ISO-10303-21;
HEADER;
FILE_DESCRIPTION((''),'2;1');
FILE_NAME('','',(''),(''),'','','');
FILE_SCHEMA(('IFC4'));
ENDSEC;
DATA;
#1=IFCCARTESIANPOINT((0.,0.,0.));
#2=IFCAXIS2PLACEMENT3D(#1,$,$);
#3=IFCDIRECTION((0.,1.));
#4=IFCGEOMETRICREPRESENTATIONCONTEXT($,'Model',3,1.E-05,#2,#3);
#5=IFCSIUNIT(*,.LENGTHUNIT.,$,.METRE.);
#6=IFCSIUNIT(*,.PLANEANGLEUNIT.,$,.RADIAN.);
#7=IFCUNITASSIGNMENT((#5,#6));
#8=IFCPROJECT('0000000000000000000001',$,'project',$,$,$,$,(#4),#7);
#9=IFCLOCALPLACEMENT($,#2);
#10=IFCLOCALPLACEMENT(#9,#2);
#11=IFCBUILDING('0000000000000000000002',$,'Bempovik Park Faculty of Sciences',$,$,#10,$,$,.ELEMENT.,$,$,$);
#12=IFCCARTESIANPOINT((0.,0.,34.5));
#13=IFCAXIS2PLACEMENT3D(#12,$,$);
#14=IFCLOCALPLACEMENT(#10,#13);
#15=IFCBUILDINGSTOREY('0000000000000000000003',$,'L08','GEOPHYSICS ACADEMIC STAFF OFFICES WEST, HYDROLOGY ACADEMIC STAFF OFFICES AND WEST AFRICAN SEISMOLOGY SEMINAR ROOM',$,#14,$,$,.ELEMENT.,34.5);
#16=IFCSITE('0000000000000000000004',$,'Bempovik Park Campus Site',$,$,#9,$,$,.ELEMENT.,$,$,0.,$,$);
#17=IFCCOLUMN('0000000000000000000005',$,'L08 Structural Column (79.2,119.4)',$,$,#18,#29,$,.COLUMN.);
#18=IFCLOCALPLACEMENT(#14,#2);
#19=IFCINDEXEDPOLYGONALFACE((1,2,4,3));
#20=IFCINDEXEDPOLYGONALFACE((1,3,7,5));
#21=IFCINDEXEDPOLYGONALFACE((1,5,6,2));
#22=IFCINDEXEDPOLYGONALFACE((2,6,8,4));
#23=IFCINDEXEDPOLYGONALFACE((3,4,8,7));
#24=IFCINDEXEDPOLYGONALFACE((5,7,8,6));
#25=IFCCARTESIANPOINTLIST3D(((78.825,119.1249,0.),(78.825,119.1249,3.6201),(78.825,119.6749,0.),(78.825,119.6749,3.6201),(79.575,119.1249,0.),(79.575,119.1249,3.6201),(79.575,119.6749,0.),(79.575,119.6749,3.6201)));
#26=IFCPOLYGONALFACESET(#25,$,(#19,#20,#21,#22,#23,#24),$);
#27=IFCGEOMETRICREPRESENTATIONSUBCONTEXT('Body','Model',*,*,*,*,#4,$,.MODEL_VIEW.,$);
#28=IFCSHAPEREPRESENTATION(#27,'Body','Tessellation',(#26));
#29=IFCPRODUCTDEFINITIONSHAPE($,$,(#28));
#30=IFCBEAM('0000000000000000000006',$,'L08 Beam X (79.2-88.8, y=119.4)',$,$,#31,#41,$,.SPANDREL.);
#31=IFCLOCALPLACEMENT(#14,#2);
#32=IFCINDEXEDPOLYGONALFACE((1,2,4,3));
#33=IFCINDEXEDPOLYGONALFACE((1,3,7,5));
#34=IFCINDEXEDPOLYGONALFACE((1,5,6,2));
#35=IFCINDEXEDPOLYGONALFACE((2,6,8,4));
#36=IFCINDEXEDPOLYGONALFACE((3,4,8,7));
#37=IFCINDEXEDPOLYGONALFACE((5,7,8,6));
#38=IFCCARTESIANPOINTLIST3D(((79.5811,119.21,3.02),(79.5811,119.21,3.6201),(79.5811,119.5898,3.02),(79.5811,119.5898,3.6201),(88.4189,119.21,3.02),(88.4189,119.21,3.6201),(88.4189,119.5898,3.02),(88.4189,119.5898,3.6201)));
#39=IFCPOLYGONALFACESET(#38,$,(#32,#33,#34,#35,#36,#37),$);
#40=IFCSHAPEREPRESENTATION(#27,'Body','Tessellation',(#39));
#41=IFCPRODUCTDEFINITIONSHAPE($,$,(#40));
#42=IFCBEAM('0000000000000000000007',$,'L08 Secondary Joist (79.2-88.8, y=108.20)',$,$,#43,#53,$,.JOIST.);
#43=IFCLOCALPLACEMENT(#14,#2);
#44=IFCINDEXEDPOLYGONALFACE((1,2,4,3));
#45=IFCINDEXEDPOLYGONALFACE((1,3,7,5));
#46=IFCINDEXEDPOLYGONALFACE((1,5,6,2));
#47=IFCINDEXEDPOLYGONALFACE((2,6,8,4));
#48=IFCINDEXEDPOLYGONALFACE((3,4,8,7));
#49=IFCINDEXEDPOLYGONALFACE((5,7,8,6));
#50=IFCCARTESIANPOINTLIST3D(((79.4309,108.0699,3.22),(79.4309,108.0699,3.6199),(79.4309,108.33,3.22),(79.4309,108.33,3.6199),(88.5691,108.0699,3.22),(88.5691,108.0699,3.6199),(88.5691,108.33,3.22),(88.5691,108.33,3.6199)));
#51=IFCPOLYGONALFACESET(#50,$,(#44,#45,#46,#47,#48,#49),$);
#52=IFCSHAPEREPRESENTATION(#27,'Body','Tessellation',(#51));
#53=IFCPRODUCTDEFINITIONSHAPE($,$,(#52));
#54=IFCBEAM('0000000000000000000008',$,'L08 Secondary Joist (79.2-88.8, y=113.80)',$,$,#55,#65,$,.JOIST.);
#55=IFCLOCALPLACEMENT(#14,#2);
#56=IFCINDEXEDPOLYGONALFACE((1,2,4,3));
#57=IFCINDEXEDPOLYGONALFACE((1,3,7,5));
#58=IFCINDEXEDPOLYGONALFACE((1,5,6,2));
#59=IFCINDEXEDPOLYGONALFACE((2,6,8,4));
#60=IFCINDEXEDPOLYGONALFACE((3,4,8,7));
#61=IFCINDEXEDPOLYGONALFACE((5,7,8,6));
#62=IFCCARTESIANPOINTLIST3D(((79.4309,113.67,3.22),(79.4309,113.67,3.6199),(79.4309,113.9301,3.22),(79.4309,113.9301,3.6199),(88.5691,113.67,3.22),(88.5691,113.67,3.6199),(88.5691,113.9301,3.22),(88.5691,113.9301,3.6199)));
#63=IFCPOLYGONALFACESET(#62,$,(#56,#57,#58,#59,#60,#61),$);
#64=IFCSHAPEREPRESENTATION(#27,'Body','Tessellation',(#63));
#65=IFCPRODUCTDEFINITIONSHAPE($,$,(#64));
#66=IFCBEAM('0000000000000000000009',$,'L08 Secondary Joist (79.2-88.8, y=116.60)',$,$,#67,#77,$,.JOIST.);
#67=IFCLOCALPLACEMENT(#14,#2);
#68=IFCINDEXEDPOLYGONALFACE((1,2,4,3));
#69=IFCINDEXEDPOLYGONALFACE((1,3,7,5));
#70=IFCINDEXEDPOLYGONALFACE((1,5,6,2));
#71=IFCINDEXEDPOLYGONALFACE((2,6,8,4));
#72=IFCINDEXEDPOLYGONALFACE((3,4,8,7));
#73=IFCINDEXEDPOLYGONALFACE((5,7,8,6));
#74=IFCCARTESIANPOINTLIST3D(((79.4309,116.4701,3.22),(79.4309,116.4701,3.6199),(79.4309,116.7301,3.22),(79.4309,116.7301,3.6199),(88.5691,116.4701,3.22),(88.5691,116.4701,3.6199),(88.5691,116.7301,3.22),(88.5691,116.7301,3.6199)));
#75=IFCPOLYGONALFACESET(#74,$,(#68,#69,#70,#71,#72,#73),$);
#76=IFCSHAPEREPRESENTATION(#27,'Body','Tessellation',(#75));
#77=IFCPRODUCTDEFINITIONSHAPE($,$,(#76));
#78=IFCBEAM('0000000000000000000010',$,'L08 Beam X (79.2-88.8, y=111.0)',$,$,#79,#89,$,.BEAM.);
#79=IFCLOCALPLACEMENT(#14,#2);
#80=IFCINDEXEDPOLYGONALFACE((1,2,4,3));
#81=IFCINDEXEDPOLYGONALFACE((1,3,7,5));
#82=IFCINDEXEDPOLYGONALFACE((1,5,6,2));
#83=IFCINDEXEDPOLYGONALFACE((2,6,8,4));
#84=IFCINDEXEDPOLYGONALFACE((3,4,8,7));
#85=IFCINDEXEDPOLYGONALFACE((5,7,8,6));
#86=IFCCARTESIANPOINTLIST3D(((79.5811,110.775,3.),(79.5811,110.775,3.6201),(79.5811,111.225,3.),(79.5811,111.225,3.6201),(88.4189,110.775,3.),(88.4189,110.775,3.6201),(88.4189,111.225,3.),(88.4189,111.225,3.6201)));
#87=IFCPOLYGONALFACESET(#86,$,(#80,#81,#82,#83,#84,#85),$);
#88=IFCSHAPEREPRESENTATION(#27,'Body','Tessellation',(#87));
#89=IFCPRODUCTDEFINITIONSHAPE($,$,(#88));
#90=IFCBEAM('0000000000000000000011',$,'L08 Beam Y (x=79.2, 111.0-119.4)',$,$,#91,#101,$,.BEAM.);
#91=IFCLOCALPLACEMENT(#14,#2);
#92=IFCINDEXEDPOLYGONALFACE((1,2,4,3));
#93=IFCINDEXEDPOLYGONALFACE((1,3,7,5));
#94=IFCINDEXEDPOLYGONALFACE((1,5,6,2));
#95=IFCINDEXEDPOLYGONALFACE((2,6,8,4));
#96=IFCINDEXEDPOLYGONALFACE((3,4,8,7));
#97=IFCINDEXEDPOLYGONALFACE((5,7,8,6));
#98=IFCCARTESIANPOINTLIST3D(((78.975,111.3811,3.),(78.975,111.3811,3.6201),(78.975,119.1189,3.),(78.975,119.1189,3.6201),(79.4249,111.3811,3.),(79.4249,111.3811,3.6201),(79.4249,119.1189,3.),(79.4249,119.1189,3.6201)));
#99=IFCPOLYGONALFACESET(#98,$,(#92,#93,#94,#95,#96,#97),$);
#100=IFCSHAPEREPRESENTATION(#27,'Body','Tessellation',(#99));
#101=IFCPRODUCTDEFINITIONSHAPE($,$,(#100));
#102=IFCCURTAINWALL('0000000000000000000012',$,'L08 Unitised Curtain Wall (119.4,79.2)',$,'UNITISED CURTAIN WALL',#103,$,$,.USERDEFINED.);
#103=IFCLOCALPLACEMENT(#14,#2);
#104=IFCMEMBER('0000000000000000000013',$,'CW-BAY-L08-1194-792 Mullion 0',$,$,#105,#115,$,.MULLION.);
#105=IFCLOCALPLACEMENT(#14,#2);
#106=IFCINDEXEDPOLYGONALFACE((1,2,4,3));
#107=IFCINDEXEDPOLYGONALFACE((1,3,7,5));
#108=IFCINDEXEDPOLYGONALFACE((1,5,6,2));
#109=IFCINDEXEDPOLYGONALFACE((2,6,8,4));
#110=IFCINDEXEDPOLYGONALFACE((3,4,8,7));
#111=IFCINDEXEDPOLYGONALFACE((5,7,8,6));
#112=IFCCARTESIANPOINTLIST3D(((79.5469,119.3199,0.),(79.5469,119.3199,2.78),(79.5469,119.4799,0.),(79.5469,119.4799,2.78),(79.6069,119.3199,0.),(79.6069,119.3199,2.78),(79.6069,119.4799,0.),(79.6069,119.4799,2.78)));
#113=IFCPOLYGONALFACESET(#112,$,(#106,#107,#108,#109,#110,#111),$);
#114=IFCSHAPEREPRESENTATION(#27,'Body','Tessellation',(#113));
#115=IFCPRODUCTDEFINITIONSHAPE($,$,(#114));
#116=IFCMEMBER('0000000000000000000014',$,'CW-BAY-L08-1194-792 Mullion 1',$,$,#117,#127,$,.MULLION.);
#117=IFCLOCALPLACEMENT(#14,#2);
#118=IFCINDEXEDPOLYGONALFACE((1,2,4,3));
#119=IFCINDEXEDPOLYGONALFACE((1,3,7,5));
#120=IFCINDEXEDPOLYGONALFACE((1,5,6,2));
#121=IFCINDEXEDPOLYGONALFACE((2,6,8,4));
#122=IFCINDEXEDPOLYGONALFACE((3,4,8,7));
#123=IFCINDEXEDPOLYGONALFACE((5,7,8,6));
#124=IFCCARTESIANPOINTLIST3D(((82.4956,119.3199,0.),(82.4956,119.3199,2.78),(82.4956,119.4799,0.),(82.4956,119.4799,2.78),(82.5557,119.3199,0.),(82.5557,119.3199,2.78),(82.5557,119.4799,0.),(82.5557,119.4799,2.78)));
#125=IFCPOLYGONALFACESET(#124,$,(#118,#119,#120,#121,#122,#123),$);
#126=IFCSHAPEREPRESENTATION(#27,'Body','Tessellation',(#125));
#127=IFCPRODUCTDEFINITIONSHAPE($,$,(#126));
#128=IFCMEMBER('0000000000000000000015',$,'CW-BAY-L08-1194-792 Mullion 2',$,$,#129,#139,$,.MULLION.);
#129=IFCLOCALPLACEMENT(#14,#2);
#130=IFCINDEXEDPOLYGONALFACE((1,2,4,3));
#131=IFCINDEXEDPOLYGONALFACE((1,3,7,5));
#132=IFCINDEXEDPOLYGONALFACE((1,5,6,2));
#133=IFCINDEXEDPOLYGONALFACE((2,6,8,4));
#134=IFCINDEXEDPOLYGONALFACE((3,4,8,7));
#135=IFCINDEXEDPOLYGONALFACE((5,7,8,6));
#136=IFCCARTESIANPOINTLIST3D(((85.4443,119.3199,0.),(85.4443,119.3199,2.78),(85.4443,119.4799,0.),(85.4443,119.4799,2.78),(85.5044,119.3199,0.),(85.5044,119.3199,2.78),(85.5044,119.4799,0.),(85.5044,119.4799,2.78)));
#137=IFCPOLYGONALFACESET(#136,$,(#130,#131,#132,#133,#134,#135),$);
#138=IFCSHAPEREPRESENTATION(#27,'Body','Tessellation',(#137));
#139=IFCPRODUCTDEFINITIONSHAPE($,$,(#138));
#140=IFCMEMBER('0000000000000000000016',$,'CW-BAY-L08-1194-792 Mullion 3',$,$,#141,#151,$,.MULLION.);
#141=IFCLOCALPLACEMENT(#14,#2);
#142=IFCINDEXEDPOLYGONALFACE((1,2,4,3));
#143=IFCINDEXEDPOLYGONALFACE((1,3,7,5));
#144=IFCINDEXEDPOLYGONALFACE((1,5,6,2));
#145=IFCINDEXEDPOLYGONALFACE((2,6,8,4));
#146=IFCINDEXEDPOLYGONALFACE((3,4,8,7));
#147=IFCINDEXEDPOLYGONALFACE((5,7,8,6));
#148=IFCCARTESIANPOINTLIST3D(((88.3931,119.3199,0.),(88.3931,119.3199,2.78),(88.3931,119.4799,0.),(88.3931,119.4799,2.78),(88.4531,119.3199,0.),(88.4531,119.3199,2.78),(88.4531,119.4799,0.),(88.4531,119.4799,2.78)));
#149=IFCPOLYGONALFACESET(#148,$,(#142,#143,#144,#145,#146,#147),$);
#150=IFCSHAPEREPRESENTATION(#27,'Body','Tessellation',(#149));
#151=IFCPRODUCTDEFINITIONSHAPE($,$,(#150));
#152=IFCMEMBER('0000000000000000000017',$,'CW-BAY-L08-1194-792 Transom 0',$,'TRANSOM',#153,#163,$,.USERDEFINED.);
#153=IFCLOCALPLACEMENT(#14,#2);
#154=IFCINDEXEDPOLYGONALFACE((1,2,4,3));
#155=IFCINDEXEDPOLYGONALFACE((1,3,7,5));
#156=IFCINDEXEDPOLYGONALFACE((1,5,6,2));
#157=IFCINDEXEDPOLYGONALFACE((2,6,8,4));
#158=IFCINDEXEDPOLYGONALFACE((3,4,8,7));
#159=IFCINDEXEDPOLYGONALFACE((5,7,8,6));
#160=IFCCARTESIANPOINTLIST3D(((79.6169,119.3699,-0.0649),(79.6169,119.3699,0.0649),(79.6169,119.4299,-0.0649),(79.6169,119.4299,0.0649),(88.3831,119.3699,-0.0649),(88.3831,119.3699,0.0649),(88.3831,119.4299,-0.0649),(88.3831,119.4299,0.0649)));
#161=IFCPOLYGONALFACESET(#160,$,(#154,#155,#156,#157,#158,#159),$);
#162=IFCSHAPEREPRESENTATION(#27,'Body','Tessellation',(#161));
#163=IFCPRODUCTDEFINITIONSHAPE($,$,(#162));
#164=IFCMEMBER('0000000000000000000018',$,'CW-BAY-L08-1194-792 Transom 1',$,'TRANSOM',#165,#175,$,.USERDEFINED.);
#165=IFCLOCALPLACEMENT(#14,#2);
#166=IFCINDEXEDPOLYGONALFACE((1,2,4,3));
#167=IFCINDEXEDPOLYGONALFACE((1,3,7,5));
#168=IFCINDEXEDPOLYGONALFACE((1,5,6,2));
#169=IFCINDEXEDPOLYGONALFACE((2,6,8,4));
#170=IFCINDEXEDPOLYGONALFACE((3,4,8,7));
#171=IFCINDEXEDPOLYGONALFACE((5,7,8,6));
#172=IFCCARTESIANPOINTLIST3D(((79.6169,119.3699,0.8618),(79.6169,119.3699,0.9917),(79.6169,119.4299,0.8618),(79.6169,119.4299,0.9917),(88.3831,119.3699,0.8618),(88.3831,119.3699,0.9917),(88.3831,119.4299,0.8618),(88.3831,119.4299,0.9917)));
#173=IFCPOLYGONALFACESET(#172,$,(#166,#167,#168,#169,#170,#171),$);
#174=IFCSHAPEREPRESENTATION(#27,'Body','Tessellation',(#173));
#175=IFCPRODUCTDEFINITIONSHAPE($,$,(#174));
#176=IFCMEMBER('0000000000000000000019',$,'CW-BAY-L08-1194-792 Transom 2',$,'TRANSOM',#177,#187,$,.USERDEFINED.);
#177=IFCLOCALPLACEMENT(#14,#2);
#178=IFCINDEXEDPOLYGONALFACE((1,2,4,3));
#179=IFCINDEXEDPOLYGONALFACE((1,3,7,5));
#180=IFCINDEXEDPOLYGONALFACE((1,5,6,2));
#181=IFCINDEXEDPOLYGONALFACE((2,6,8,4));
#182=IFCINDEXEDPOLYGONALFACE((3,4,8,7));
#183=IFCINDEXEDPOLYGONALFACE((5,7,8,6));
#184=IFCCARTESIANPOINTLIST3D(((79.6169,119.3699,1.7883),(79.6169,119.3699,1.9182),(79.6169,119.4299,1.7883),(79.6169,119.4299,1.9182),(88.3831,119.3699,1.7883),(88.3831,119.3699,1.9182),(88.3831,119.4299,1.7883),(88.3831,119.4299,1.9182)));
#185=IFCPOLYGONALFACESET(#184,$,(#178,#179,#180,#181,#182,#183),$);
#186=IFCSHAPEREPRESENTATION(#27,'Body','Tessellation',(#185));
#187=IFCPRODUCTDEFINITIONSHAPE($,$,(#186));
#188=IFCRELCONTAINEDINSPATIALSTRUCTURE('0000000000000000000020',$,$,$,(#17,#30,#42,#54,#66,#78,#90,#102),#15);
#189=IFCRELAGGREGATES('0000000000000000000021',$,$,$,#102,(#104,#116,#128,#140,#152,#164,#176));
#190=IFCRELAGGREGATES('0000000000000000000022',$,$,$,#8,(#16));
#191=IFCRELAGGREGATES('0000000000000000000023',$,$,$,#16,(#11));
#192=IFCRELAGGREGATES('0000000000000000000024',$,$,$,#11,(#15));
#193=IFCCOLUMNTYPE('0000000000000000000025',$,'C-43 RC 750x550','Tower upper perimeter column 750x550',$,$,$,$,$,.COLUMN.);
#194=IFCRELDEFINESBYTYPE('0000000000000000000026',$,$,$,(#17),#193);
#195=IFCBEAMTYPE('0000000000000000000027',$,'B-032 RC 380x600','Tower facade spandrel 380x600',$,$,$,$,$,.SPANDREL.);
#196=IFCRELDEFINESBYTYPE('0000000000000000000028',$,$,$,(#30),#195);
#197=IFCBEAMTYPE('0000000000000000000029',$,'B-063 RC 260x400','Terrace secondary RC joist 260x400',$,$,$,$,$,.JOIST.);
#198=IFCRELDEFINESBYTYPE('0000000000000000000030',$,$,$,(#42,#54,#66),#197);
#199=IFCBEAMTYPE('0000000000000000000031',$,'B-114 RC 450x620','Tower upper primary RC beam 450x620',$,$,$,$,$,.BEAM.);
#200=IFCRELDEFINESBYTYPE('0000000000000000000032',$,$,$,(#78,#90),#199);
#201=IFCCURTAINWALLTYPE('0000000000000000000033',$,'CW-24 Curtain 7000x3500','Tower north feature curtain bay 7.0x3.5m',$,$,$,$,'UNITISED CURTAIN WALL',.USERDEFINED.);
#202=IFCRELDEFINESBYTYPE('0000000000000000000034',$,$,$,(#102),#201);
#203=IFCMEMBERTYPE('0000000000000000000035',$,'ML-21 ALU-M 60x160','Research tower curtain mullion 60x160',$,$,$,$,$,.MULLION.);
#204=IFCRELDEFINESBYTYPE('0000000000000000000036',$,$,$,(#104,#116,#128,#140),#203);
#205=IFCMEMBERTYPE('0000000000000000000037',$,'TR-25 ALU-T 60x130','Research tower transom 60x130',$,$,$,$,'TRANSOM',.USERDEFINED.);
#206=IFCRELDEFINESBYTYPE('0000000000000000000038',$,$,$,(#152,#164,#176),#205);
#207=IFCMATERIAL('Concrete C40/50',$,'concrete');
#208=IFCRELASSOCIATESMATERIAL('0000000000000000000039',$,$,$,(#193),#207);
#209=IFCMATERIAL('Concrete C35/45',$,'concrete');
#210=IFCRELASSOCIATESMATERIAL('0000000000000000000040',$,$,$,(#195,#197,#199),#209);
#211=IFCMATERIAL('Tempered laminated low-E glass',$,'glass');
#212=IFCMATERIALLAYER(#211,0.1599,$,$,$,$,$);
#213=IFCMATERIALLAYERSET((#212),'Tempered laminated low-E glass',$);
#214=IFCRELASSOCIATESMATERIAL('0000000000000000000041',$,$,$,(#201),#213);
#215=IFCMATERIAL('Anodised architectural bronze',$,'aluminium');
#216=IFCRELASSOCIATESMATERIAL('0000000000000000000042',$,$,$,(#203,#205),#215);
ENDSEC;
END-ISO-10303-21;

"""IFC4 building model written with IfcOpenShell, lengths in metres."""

from ifc_helpers import new_model, si_unit, direction, frame, origin, origin_2d, place, context, subcontext, project, spatial, rectangle, extrude, material, layer, layer_set, material_profile, profile_set, type_object, element, aggregate, save


model = new_model("IFC4")

# Units and contexts
model_context = context("Model", 3, precision=1e-05, world=origin(), true_north=direction((0.0, 1.0)))
body_context = subcontext(model_context, "Body", "Model", "MODEL_VIEW")
ifc_project = project(units=[si_unit("LENGTHUNIT", "METRE"), si_unit("PLANEANGLEUNIT", "RADIAN")], contexts=[model_context])

# Site, building, storey
site_placement = place(None, origin())
site = spatial("IfcSite", under=ifc_project, at=site_placement, Name="Bempovik Park Campus Site", CompositionType="ELEMENT", RefElevation=0.0)
building_placement = place(site_placement, origin())
building = spatial("IfcBuilding", under=site, at=building_placement, Name="Bempovik Park Faculty of Sciences", CompositionType="ELEMENT")
storey_placement = place(building_placement, frame((0.0, 0.0, 34.5)))
storey = spatial("IfcBuildingStorey", under=building, at=storey_placement, Name="L08", Description="GEOPHYSICS ACADEMIC STAFF OFFICES WEST, HYDROLOGY ACADEMIC STAFF OFFICES AND WEST AFRICAN SEISMOLOGY SEMINAR ROOM", CompositionType="ELEMENT", Elevation=34.5)

# Column
ifc_material_1 = material(Name="Concrete C40/50", Category="concrete")
ifc_material_profile_1 = material_profile(ifc_material_1, rectangle(XDim=0.75, YDim=0.55, at=origin_2d()), Name="RC 750x550")
ifc_profile_set_1 = profile_set([ifc_material_profile_1], Name="Concrete C40/50")
column_type = type_object("IfcColumnType", Name="C-43 RC 750x550", Description="Tower upper perimeter column 750x550", PredefinedType="COLUMN", material=ifc_profile_set_1)
column_placement = place(storey_placement, frame((79.2, 119.3999, 0.0), z_axis=(0.0, 0.0, 1.0), x_axis=(1.0, 0.0, 0.0)))
element("IfcColumn", 1, at=column_placement, inside=storey, type_object=column_type, Name="L08 Structural Column (79.2,119.4)", PredefinedType="COLUMN", context=body_context, shape_type="SweptSolid", body=[
    extrude(rectangle(XDim=0.75, YDim=0.55, at=origin_2d()), origin(), (0.0, 0.0, 1.0), 3.6201),
])

# Beams
ifc_material_2 = material(Name="Concrete C35/45", Category="concrete")
ifc_material_profile_2 = material_profile(ifc_material_2, rectangle(XDim=0.3799, YDim=0.6001, at=origin_2d()), Name="RC 380x600")
ifc_profile_set_2 = profile_set([ifc_material_profile_2], Name="Concrete C35/45")
beam_type_1 = type_object("IfcBeamType", Name="B-032 RC 380x600", Description="Tower facade spandrel 380x600", PredefinedType="SPANDREL", material=ifc_profile_set_2)
beam_1_placement = place(storey_placement, frame((79.5811, 119.3999, 3.3201), z_axis=(1.0, 0.0, 0.0), x_axis=(0.0, 1.0, 0.0)))
element("IfcBeam", 2, at=beam_1_placement, inside=storey, type_object=beam_type_1, Name="L08 Beam X (79.2-88.8, y=119.4)", PredefinedType="SPANDREL", context=body_context, shape_type="SweptSolid", body=[
    extrude(rectangle(XDim=0.3799, YDim=0.6001, at=origin_2d()), origin(), (0.0, 0.0, 1.0), 8.8379),
])
ifc_material_profile_3 = material_profile(ifc_material_2, rectangle(XDim=0.26, YDim=0.3999, at=origin_2d()), Name="RC 260x400")
ifc_profile_set_3 = profile_set([ifc_material_profile_3], Name="Concrete C35/45")
beam_type_2 = type_object("IfcBeamType", Name="B-063 RC 260x400", Description="Terrace secondary RC joist 260x400", PredefinedType="JOIST", material=ifc_profile_set_3)
for number, where, z_axis, x_axis, name in (
    (3, (79.4309, 108.2, 3.4199), (1.0, 0.0, 0.0), (0.0, 1.0, 0.0), "L08 Secondary Joist (79.2-88.8, y=108.20)"),
    (4, (79.4309, 113.8, 3.4199), (1.0, 0.0, 0.0), (0.0, 1.0, 0.0), "L08 Secondary Joist (79.2-88.8, y=113.80)"),
    (5, (79.4309, 116.6001, 3.4199), (1.0, 0.0, 0.0), (0.0, 1.0, 0.0), "L08 Secondary Joist (79.2-88.8, y=116.60)"),
):
    element("IfcBeam", number, at=place(storey_placement, frame(where, z_axis=z_axis, x_axis=x_axis)), inside=storey, type_object=beam_type_2, Name=name, PredefinedType="JOIST", context=body_context, shape_type="SweptSolid", body=[
        extrude(rectangle(XDim=0.26, YDim=0.3999, at=origin_2d()), origin(), (0.0, 0.0, 1.0), 9.1382),
    ])
ifc_material_profile_4 = material_profile(ifc_material_2, rectangle(XDim=0.45, YDim=0.6201, at=origin_2d()), Name="RC 450x620")
ifc_profile_set_4 = profile_set([ifc_material_profile_4], Name="Concrete C35/45")
beam_type_3 = type_object("IfcBeamType", Name="B-114 RC 450x620", Description="Tower upper primary RC beam 450x620", PredefinedType="BEAM", material=ifc_profile_set_4)
beam_2_placement = place(storey_placement, frame((79.5811, 111.0, 3.3101), z_axis=(1.0, 0.0, 0.0), x_axis=(0.0, 1.0, 0.0)))
element("IfcBeam", 6, at=beam_2_placement, inside=storey, type_object=beam_type_3, Name="L08 Beam X (79.2-88.8, y=111.0)", PredefinedType="BEAM", context=body_context, shape_type="SweptSolid", body=[
    extrude(rectangle(XDim=0.45, YDim=0.6201, at=origin_2d()), origin(), (0.0, 0.0, 1.0), 8.8379),
])
beam_3_placement = place(storey_placement, frame((79.2, 111.3811, 3.3101), z_axis=(0.0, 1.0, 0.0), x_axis=(-1.0, 0.0, 0.0)))
element("IfcBeam", 7, at=beam_3_placement, inside=storey, type_object=beam_type_3, Name="L08 Beam Y (x=79.2, 111.0-119.4)", PredefinedType="BEAM", context=body_context, shape_type="SweptSolid", body=[
    extrude(rectangle(XDim=0.45, YDim=0.6201, at=origin_2d()), origin(), (0.0, 0.0, 1.0), 7.7378),
])

# Curtain wall, members
ifc_material_3 = material(Name="Tempered laminated low-E glass", Category="glass")
ifc_layer_1 = layer(ifc_material_3, 0.1599)
ifc_layer_set_1 = layer_set([ifc_layer_1], Name="Tempered laminated low-E glass")
curtain_wall_type = type_object("IfcCurtainWallType", Name="CW-24 Curtain 7000x3500", Description="Tower north feature curtain bay 7.0x3.5m", ElementType="UNITISED CURTAIN WALL", PredefinedType="USERDEFINED", material=ifc_layer_set_1)
curtain_wall_placement = place(storey_placement, origin())
curtain_wall = element("IfcCurtainWall", 8, at=curtain_wall_placement, inside=storey, type_object=curtain_wall_type, Name="L08 Unitised Curtain Wall (119.4,79.2)", ObjectType="UNITISED CURTAIN WALL", PredefinedType="USERDEFINED")
ifc_material_4 = material(Name="Anodised architectural bronze", Category="aluminium")
ifc_material_profile_5 = material_profile(ifc_material_4, rectangle(XDim=0.0601, YDim=0.1599, at=origin_2d()), Name="ALU-M 60x160")
ifc_profile_set_5 = profile_set([ifc_material_profile_5], Name="Anodised architectural bronze")
member_type_1 = type_object("IfcMemberType", Name="ML-21 ALU-M 60x160", Description="Research tower curtain mullion 60x160", PredefinedType="MULLION", material=ifc_profile_set_5)
member_1_placement = place(storey_placement, frame((79.5769, 119.3999, 0.0), z_axis=(0.0, 0.0, 1.0), x_axis=(1.0, 0.0, 0.0)))
member_1 = element("IfcMember", 9, at=member_1_placement, type_object=member_type_1, Name="CW-BAY-L08-1194-792 Mullion 0", PredefinedType="MULLION", context=body_context, shape_type="SweptSolid", body=[
    extrude(rectangle(XDim=0.0601, YDim=0.1599, at=origin_2d()), origin(), (0.0, 0.0, 1.0), 2.78),
])
member_2_placement = place(storey_placement, frame((82.5256, 119.3999, 0.0), z_axis=(0.0, 0.0, 1.0), x_axis=(1.0, 0.0, 0.0)))
member_2 = element("IfcMember", 10, at=member_2_placement, type_object=member_type_1, Name="CW-BAY-L08-1194-792 Mullion 1", PredefinedType="MULLION", context=body_context, shape_type="SweptSolid", body=[
    extrude(rectangle(XDim=0.0601, YDim=0.1599, at=origin_2d()), origin(), (0.0, 0.0, 1.0), 2.78),
])
member_3_placement = place(storey_placement, frame((85.4744, 119.3999, 0.0), z_axis=(0.0, 0.0, 1.0), x_axis=(1.0, 0.0, 0.0)))
member_3 = element("IfcMember", 11, at=member_3_placement, type_object=member_type_1, Name="CW-BAY-L08-1194-792 Mullion 2", PredefinedType="MULLION", context=body_context, shape_type="SweptSolid", body=[
    extrude(rectangle(XDim=0.0601, YDim=0.1599, at=origin_2d()), origin(), (0.0, 0.0, 1.0), 2.78),
])
member_4_placement = place(storey_placement, frame((88.4231, 119.3999, 0.0), z_axis=(0.0, 0.0, 1.0), x_axis=(1.0, 0.0, 0.0)))
member_4 = element("IfcMember", 12, at=member_4_placement, type_object=member_type_1, Name="CW-BAY-L08-1194-792 Mullion 3", PredefinedType="MULLION", context=body_context, shape_type="SweptSolid", body=[
    extrude(rectangle(XDim=0.0601, YDim=0.1599, at=origin_2d()), origin(), (0.0, 0.0, 1.0), 2.78),
])
ifc_material_profile_6 = material_profile(ifc_material_4, rectangle(XDim=0.0601, YDim=0.1299, at=origin_2d()), Name="ALU-T 60x130")
ifc_profile_set_6 = profile_set([ifc_material_profile_6], Name="Anodised architectural bronze")
member_type_2 = type_object("IfcMemberType", Name="TR-25 ALU-T 60x130", Description="Research tower transom 60x130", ElementType="TRANSOM", PredefinedType="USERDEFINED", material=ifc_profile_set_6)
member_5_placement = place(storey_placement, frame((79.6169, 119.3999, 0.0), z_axis=(1.0, 0.0, 0.0), x_axis=(0.0, 1.0, 0.0)))
member_5 = element("IfcMember", 13, at=member_5_placement, type_object=member_type_2, Name="CW-BAY-L08-1194-792 Transom 0", ObjectType="TRANSOM", PredefinedType="USERDEFINED", context=body_context, shape_type="SweptSolid", body=[
    extrude(rectangle(XDim=0.0601, YDim=0.1299, at=origin_2d()), origin(), (0.0, 0.0, 1.0), 8.7661),
])
member_6_placement = place(storey_placement, frame((79.6169, 119.3999, 0.9268), z_axis=(1.0, 0.0, 0.0), x_axis=(0.0, 1.0, 0.0)))
member_6 = element("IfcMember", 14, at=member_6_placement, type_object=member_type_2, Name="CW-BAY-L08-1194-792 Transom 1", ObjectType="TRANSOM", PredefinedType="USERDEFINED", context=body_context, shape_type="SweptSolid", body=[
    extrude(rectangle(XDim=0.0601, YDim=0.1299, at=origin_2d()), origin(), (0.0, 0.0, 1.0), 8.7661),
])
member_7_placement = place(storey_placement, frame((79.6169, 119.3999, 1.8533), z_axis=(1.0, 0.0, 0.0), x_axis=(0.0, 1.0, 0.0)))
member_7 = element("IfcMember", 15, at=member_7_placement, type_object=member_type_2, Name="CW-BAY-L08-1194-792 Transom 2", ObjectType="TRANSOM", PredefinedType="USERDEFINED", context=body_context, shape_type="SweptSolid", body=[
    extrude(rectangle(XDim=0.0601, YDim=0.1299, at=origin_2d()), origin(), (0.0, 0.0, 1.0), 8.7661),
])
aggregate(curtain_wall, [member_1, member_2, member_3, member_4, member_5, member_6, member_7])

save(model, "model.ifc")
